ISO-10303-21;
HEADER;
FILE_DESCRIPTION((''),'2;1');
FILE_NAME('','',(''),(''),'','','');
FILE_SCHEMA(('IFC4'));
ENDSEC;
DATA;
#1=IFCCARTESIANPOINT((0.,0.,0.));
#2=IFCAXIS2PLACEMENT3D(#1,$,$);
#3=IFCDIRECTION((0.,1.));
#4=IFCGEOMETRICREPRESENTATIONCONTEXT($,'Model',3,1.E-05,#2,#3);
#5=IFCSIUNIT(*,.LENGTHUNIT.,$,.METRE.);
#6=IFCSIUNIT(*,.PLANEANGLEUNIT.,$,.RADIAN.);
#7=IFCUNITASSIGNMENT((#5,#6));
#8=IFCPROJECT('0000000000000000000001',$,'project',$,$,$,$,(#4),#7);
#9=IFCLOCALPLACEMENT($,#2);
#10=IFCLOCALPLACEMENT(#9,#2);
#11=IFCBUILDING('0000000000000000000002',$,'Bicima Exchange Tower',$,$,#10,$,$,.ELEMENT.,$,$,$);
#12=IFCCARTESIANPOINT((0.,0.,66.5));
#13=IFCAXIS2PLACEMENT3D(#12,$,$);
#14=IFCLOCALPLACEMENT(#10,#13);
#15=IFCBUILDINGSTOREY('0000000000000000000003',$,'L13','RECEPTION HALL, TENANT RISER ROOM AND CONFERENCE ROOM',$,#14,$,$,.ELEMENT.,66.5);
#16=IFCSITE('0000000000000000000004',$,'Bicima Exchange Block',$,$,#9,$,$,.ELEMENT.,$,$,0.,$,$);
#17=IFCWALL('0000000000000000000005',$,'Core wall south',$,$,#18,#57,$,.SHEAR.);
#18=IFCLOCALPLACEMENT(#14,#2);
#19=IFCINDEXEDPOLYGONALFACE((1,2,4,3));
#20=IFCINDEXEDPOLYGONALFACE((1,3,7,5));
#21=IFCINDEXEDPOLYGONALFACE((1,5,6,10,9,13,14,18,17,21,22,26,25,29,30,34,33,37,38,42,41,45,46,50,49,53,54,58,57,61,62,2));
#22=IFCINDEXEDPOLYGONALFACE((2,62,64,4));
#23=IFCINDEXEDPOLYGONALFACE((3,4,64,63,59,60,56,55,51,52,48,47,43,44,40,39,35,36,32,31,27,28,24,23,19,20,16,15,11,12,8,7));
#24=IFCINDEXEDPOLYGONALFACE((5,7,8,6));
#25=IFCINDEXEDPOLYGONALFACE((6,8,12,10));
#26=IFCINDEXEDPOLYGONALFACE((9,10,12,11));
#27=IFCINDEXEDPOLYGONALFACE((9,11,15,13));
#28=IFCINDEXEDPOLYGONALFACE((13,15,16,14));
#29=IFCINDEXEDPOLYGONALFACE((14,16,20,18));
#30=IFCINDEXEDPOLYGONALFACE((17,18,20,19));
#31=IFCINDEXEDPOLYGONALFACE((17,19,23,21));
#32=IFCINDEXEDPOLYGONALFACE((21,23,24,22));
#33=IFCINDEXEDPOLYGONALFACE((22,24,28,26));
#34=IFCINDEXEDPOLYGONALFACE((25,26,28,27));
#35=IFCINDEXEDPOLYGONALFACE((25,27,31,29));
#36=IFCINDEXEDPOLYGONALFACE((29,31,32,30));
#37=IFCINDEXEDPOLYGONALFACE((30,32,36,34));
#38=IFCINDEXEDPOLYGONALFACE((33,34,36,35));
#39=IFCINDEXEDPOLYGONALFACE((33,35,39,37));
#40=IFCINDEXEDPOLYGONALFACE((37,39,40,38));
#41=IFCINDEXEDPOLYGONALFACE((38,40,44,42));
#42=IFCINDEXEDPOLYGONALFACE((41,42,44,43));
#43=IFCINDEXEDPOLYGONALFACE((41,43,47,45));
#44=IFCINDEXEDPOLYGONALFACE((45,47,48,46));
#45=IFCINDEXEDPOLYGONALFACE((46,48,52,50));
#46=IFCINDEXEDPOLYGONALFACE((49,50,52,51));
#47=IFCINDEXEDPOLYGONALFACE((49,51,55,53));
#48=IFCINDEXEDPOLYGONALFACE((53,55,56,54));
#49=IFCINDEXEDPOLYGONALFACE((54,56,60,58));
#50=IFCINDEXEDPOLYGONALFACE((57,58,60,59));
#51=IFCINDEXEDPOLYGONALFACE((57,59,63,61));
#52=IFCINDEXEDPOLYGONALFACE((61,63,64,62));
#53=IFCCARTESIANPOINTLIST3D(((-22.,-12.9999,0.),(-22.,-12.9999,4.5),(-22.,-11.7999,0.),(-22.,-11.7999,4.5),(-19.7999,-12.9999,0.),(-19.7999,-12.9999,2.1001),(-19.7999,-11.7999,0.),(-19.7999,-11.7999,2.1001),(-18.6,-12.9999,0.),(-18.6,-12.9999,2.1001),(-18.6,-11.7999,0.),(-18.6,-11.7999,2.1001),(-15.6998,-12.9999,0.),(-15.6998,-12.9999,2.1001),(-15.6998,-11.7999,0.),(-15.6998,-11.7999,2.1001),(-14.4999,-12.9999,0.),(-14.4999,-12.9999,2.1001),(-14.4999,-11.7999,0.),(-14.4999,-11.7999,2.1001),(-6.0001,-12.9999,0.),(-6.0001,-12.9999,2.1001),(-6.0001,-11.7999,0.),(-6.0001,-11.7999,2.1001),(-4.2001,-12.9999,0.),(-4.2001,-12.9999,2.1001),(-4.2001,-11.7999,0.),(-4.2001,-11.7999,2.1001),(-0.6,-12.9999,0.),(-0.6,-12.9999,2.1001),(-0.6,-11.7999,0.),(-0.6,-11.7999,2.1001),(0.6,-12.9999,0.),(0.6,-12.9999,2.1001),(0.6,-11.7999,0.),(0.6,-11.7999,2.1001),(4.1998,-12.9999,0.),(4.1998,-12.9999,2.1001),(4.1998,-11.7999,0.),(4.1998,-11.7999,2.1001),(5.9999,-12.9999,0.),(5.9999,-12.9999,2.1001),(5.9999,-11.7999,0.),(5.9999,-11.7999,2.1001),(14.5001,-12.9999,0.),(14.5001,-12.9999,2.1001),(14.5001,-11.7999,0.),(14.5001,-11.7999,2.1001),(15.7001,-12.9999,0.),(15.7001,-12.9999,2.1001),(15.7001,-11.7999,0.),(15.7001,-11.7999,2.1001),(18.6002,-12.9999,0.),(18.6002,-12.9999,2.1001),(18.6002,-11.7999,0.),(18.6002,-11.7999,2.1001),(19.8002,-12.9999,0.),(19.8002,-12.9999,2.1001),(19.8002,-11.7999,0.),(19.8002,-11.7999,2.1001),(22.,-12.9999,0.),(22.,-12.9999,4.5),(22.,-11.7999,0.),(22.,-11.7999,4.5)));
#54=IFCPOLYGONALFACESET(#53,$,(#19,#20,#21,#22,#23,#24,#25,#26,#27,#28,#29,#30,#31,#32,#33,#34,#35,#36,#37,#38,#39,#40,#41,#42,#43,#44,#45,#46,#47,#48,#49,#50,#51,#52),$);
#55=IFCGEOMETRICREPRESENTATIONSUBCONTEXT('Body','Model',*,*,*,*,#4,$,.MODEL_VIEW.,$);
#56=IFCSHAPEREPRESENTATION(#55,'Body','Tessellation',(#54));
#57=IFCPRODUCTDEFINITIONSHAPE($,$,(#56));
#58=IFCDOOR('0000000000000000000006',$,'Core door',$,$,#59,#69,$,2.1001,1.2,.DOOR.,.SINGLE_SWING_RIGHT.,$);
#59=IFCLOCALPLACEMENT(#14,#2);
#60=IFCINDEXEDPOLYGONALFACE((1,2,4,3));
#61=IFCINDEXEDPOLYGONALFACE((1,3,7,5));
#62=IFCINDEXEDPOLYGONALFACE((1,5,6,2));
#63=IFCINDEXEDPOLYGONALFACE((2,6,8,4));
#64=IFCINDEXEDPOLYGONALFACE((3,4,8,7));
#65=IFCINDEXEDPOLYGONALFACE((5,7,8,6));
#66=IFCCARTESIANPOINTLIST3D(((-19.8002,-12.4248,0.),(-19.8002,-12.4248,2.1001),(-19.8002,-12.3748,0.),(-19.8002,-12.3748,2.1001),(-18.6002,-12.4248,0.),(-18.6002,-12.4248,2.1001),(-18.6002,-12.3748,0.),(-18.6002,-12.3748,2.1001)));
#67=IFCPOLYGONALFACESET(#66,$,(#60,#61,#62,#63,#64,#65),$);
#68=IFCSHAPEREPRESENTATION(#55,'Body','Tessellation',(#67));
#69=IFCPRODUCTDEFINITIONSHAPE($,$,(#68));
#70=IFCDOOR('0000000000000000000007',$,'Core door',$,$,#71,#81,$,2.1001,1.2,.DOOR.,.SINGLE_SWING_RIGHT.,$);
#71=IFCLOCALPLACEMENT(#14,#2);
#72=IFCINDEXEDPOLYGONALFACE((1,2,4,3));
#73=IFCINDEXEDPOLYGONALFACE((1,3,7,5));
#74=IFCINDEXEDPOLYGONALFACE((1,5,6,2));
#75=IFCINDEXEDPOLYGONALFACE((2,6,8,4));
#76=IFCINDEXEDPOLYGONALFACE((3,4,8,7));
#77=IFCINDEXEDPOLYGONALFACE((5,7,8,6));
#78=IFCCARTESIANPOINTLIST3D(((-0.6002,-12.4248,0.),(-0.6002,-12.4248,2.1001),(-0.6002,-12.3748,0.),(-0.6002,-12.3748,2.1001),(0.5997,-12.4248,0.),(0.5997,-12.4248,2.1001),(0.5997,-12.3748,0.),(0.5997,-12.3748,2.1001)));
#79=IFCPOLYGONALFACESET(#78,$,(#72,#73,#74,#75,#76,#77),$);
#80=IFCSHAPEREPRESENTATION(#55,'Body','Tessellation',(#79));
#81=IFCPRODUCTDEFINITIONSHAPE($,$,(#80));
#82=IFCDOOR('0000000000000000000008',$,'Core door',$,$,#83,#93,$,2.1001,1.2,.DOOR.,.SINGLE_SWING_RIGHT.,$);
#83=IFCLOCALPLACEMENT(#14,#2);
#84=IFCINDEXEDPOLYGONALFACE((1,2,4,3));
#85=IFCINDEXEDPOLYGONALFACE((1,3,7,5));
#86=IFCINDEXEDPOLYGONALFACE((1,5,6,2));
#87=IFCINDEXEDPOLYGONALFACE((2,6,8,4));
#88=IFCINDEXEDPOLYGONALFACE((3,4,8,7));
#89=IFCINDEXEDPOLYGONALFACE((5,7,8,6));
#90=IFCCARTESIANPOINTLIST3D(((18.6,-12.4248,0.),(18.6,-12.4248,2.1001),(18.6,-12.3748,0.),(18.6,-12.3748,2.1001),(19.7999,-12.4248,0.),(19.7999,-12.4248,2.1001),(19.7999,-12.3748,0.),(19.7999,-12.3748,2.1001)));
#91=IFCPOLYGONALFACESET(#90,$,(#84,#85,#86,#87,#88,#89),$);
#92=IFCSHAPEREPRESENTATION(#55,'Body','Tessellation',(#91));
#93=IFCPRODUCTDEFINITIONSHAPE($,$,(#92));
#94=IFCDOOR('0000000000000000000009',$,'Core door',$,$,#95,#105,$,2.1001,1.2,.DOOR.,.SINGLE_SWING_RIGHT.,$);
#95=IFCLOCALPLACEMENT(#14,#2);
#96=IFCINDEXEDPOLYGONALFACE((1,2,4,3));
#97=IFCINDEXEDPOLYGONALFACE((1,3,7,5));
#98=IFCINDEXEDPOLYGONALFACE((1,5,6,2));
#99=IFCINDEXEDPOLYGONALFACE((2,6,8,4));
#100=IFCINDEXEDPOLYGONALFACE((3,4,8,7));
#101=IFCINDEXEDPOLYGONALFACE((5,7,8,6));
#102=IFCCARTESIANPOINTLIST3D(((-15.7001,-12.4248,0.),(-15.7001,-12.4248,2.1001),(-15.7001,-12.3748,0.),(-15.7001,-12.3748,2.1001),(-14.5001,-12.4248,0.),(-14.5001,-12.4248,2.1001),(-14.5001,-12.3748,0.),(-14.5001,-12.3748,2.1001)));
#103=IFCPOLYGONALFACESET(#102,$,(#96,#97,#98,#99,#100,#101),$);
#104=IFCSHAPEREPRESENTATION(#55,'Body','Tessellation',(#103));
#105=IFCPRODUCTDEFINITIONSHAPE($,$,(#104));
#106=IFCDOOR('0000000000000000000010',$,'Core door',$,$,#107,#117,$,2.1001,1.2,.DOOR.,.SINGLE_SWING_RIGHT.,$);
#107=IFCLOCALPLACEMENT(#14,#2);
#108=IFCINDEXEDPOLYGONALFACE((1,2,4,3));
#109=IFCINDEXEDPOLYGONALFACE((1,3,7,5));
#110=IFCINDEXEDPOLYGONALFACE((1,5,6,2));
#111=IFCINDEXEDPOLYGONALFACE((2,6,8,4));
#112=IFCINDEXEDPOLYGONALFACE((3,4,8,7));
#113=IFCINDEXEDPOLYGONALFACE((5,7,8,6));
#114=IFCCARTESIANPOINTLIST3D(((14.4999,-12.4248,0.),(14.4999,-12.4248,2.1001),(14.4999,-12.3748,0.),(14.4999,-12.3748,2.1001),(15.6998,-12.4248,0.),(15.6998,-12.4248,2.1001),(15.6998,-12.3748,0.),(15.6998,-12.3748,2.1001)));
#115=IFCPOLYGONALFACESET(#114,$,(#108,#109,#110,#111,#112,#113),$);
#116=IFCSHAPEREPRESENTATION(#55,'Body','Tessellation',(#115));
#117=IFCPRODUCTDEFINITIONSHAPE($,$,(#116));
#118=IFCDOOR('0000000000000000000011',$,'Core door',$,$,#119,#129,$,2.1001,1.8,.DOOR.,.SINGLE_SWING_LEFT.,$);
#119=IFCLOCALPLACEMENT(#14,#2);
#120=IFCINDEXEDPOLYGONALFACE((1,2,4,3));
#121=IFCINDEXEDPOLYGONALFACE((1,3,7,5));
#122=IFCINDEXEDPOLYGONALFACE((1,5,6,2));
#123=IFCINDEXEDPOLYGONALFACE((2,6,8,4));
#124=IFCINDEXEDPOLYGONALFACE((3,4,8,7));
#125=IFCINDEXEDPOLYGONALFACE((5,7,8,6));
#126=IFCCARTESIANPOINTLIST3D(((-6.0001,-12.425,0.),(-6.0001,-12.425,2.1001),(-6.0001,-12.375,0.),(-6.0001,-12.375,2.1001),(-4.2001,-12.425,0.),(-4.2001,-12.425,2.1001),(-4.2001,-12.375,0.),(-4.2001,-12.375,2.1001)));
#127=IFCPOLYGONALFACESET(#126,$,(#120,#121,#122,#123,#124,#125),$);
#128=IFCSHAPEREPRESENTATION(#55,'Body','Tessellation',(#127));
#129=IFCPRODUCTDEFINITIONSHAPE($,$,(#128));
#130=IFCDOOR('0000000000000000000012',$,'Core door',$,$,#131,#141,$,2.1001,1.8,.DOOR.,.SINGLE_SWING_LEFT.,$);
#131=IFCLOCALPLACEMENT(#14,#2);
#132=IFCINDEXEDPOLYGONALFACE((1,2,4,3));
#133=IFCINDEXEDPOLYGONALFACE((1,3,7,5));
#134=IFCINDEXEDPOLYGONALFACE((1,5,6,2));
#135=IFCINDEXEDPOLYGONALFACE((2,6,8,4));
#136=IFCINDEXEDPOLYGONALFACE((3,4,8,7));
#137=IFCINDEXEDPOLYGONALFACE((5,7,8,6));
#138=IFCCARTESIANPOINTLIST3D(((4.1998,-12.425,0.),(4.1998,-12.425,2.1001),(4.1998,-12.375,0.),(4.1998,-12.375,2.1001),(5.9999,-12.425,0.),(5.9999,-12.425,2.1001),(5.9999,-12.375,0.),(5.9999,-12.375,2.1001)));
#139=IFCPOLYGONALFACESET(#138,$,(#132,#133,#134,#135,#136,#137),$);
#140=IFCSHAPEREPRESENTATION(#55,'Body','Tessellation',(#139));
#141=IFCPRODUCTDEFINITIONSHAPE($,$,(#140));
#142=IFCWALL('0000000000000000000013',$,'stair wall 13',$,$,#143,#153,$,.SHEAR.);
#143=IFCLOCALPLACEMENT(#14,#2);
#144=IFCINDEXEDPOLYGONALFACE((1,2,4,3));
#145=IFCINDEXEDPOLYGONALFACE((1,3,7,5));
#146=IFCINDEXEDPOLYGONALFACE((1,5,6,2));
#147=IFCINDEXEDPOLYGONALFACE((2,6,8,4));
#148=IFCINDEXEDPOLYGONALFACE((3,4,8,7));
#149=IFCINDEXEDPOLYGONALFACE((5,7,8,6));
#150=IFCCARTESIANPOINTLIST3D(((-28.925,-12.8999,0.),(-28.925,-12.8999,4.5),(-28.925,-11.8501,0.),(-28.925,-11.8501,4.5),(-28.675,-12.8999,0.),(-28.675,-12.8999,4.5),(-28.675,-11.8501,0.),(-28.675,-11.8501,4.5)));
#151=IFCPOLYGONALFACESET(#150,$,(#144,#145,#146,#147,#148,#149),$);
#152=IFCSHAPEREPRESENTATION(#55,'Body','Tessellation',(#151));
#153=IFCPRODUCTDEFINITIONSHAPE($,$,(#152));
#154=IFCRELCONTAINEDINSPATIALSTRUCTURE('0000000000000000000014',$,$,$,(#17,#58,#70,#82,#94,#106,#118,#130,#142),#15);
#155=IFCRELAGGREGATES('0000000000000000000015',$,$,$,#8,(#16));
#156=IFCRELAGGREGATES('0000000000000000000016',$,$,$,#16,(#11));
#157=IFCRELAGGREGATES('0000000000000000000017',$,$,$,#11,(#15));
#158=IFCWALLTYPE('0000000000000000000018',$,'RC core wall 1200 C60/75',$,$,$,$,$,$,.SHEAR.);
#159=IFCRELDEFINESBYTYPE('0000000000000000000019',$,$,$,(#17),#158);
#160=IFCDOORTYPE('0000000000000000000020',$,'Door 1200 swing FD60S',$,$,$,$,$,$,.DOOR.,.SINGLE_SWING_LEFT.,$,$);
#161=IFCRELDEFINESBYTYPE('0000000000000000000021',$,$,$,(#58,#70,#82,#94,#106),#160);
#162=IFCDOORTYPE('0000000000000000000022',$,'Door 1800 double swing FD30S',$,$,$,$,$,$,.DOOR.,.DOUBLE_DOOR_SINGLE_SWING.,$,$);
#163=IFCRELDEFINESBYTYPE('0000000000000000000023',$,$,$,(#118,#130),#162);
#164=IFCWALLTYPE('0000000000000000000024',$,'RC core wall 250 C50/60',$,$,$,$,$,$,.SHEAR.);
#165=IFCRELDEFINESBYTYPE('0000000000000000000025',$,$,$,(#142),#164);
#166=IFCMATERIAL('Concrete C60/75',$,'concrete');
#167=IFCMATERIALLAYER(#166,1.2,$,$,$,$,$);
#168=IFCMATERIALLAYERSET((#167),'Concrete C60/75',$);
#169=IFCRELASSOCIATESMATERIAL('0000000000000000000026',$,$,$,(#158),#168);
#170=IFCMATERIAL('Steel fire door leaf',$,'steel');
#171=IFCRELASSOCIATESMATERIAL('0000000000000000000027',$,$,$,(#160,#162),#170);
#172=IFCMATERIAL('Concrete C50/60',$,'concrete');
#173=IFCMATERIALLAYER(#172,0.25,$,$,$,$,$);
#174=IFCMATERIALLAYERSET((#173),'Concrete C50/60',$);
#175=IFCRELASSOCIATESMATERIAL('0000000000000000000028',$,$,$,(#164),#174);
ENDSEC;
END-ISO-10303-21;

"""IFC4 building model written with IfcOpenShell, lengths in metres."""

from ifc_helpers import new_model, si_unit, direction, frame, frame_2d, origin, place, context, subcontext, project, spatial, rectangle, extrude, material, layer, layer_set, type_object, element, fill, save


model = new_model("IFC4")

# Units and contexts
model_context = context("Model", 3, precision=1e-05, world=origin(), true_north=direction((0.0, 1.0)))
body_context = subcontext(model_context, "Body", "Model", "MODEL_VIEW")
ifc_project = project(units=[si_unit("LENGTHUNIT", "METRE"), si_unit("PLANEANGLEUNIT", "RADIAN")], contexts=[model_context])

# Site, building, storey
site_placement = place(None, origin())
site = spatial("IfcSite", under=ifc_project, at=site_placement, Name="Bicima Exchange Block", CompositionType="ELEMENT", RefElevation=0.0)
building_placement = place(site_placement, origin())
building = spatial("IfcBuilding", under=site, at=building_placement, Name="Bicima Exchange Tower", CompositionType="ELEMENT")
storey_placement = place(building_placement, frame((0.0, 0.0, 66.5)))
storey = spatial("IfcBuildingStorey", under=building, at=storey_placement, Name="L13", Description="RECEPTION HALL, TENANT RISER ROOM AND CONFERENCE ROOM", CompositionType="ELEMENT", Elevation=66.5)

# Wall, openings, doors
ifc_material_1 = material(Name="Concrete C60/75", Category="concrete")
ifc_layer_1 = layer(ifc_material_1, 1.2)
ifc_layer_set_1 = layer_set([ifc_layer_1], Name="Concrete C60/75")
wall_type_1 = type_object("IfcWallType", Name="RC core wall 1200 C60/75", PredefinedType="SHEAR", material=ifc_layer_set_1)
wall_1_placement = place(storey_placement, frame((-22.0, -12.3999, 0.0), z_axis=(0.0, 0.0, 1.0), x_axis=(1.0, 0.0, 0.0)))
wall_1 = element("IfcWall", 1, at=wall_1_placement, inside=storey, type_object=wall_type_1, Name="Core wall south", PredefinedType="SHEAR", context=body_context, shape_type="SweptSolid", body=[
    extrude(rectangle(XDim=44.0, YDim=1.2, at=frame_2d((22.0, 0.0))), origin(), (0.0, 0.0, 1.0), 4.5),
])
opening_1_placement = place(wall_1_placement, frame((2.2, 0.0, 0.0)))
opening_1 = element("IfcOpeningElement", 2, at=opening_1_placement, cuts=wall_1, PredefinedType="OPENING", context=body_context, shape_type="SweptSolid", body=[
    extrude(rectangle(XDim=1.2, YDim=2.1001, at=frame_2d((0.6001, 1.05))), frame((0.0, 0.6118, 0.0), z_axis=(0.0, -1.0, 0.0), x_axis=(1.0, 0.0, 0.0)), (0.0, 0.0, 1.0), 1.2239),
])
opening_2_placement = place(wall_1_placement, frame((21.3999, 0.0, 0.0)))
opening_2 = element("IfcOpeningElement", 3, at=opening_2_placement, cuts=wall_1, PredefinedType="OPENING", context=body_context, shape_type="SweptSolid", body=[
    extrude(rectangle(XDim=1.2, YDim=2.1001, at=frame_2d((0.6001, 1.05))), frame((0.0, 0.6118, 0.0), z_axis=(0.0, -1.0, 0.0), x_axis=(1.0, 0.0, 0.0)), (0.0, 0.0, 1.0), 1.2239),
])
opening_3_placement = place(wall_1_placement, frame((40.6001, 0.0, 0.0)))
opening_3 = element("IfcOpeningElement", 4, at=opening_3_placement, cuts=wall_1, PredefinedType="OPENING", context=body_context, shape_type="SweptSolid", body=[
    extrude(rectangle(XDim=1.2, YDim=2.1001, at=frame_2d((0.6001, 1.05))), frame((0.0, 0.6118, 0.0), z_axis=(0.0, -1.0, 0.0), x_axis=(1.0, 0.0, 0.0)), (0.0, 0.0, 1.0), 1.2239),
])
opening_4_placement = place(wall_1_placement, frame((16.0, 0.0, 0.0)))
opening_4 = element("IfcOpeningElement", 5, at=opening_4_placement, cuts=wall_1, PredefinedType="OPENING", context=body_context, shape_type="SweptSolid", body=[
    extrude(rectangle(XDim=1.8, YDim=2.1001, at=frame_2d((0.8999, 1.05))), frame((0.0, 0.6118, 0.0), z_axis=(0.0, -1.0, 0.0), x_axis=(1.0, 0.0, 0.0)), (0.0, 0.0, 1.0), 1.2239),
])
opening_5_placement = place(wall_1_placement, frame((6.3, 0.0, 0.0)))
opening_5 = element("IfcOpeningElement", 6, at=opening_5_placement, cuts=wall_1, PredefinedType="OPENING", context=body_context, shape_type="SweptSolid", body=[
    extrude(rectangle(XDim=1.2, YDim=2.1001, at=frame_2d((0.6001, 1.05))), frame((0.0, 0.6118, 0.0), z_axis=(0.0, -1.0, 0.0), x_axis=(1.0, 0.0, 0.0)), (0.0, 0.0, 1.0), 1.2239),
])
opening_6_placement = place(wall_1_placement, frame((26.2, 0.0, 0.0)))
opening_6 = element("IfcOpeningElement", 7, at=opening_6_placement, cuts=wall_1, PredefinedType="OPENING", context=body_context, shape_type="SweptSolid", body=[
    extrude(rectangle(XDim=1.8, YDim=2.1001, at=frame_2d((0.8999, 1.05))), frame((0.0, 0.6118, 0.0), z_axis=(0.0, -1.0, 0.0), x_axis=(1.0, 0.0, 0.0)), (0.0, 0.0, 1.0), 1.2239),
])
opening_7_placement = place(wall_1_placement, frame((36.5, 0.0, 0.0)))
opening_7 = element("IfcOpeningElement", 8, at=opening_7_placement, cuts=wall_1, PredefinedType="OPENING", context=body_context, shape_type="SweptSolid", body=[
    extrude(rectangle(XDim=1.2, YDim=2.1001, at=frame_2d((0.6001, 1.05))), frame((0.0, 0.6118, 0.0), z_axis=(0.0, -1.0, 0.0), x_axis=(1.0, 0.0, 0.0)), (0.0, 0.0, 1.0), 1.2239),
])
ifc_material_2 = material(Name="Steel fire door leaf", Category="steel")
door_type_1 = type_object("IfcDoorType", Name="Door 1200 swing FD60S", OperationType="SINGLE_SWING_LEFT", PredefinedType="DOOR", material=ifc_material_2)
door_1_placement = place(opening_1_placement, frame((1.2, 0.0, 0.0), z_axis=(0.0, 0.0, 1.0), x_axis=(-1.0, 0.0, 0.0)))
door_1 = element("IfcDoor", 9, at=door_1_placement, inside=storey, type_object=door_type_1, Name="Core door", OperationType="SINGLE_SWING_RIGHT", OverallHeight=2.1001, OverallWidth=1.2, PredefinedType="DOOR", context=body_context, shape_type="SweptSolid", body=[
    extrude(rectangle(XDim=1.2, YDim=2.1001, at=frame_2d((0.6001, 1.05))), frame((0.0, 0.0249, 0.0), z_axis=(0.0, -1.0, 0.0), x_axis=(1.0, 0.0, 0.0)), (0.0, 0.0, 1.0), 0.05),
])
fill(opening_1, door_1)
door_2_placement = place(opening_2_placement, frame((1.2, 0.0, 0.0), z_axis=(0.0, 0.0, 1.0), x_axis=(-1.0, 0.0, 0.0)))
door_2 = element("IfcDoor", 10, at=door_2_placement, inside=storey, type_object=door_type_1, Name="Core door", OperationType="SINGLE_SWING_RIGHT", OverallHeight=2.1001, OverallWidth=1.2, PredefinedType="DOOR", context=body_context, shape_type="SweptSolid", body=[
    extrude(rectangle(XDim=1.2, YDim=2.1001, at=frame_2d((0.6001, 1.05))), frame((0.0, 0.0249, 0.0), z_axis=(0.0, -1.0, 0.0), x_axis=(1.0, 0.0, 0.0)), (0.0, 0.0, 1.0), 0.05),
])
fill(opening_2, door_2)
door_3_placement = place(opening_3_placement, frame((1.2, 0.0, 0.0), z_axis=(0.0, 0.0, 1.0), x_axis=(-1.0, 0.0, 0.0)))
door_3 = element("IfcDoor", 11, at=door_3_placement, inside=storey, type_object=door_type_1, Name="Core door", OperationType="SINGLE_SWING_RIGHT", OverallHeight=2.1001, OverallWidth=1.2, PredefinedType="DOOR", context=body_context, shape_type="SweptSolid", body=[
    extrude(rectangle(XDim=1.2, YDim=2.1001, at=frame_2d((0.6001, 1.05))), frame((0.0, 0.0249, 0.0), z_axis=(0.0, -1.0, 0.0), x_axis=(1.0, 0.0, 0.0)), (0.0, 0.0, 1.0), 0.05),
])
fill(opening_3, door_3)
door_4_placement = place(opening_5_placement, frame((1.2, 0.0, 0.0), z_axis=(0.0, 0.0, 1.0), x_axis=(-1.0, 0.0, 0.0)))
door_4 = element("IfcDoor", 12, at=door_4_placement, inside=storey, type_object=door_type_1, Name="Core door", OperationType="SINGLE_SWING_RIGHT", OverallHeight=2.1001, OverallWidth=1.2, PredefinedType="DOOR", context=body_context, shape_type="SweptSolid", body=[
    extrude(rectangle(XDim=1.2, YDim=2.1001, at=frame_2d((0.6001, 1.05))), frame((0.0, 0.0249, 0.0), z_axis=(0.0, -1.0, 0.0), x_axis=(1.0, 0.0, 0.0)), (0.0, 0.0, 1.0), 0.05),
])
fill(opening_5, door_4)
door_5_placement = place(opening_7_placement, frame((1.2, 0.0, 0.0), z_axis=(0.0, 0.0, 1.0), x_axis=(-1.0, 0.0, 0.0)))
door_5 = element("IfcDoor", 13, at=door_5_placement, inside=storey, type_object=door_type_1, Name="Core door", OperationType="SINGLE_SWING_RIGHT", OverallHeight=2.1001, OverallWidth=1.2, PredefinedType="DOOR", context=body_context, shape_type="SweptSolid", body=[
    extrude(rectangle(XDim=1.2, YDim=2.1001, at=frame_2d((0.6001, 1.05))), frame((0.0, 0.0249, 0.0), z_axis=(0.0, -1.0, 0.0), x_axis=(1.0, 0.0, 0.0)), (0.0, 0.0, 1.0), 0.05),
])
fill(opening_7, door_5)
door_type_2 = type_object("IfcDoorType", Name="Door 1800 double swing FD30S", OperationType="DOUBLE_DOOR_SINGLE_SWING", PredefinedType="DOOR", material=ifc_material_2)
door_6_placement = place(opening_4_placement, origin())
door_6 = element("IfcDoor", 14, at=door_6_placement, inside=storey, type_object=door_type_2, Name="Core door", OperationType="SINGLE_SWING_LEFT", OverallHeight=2.1001, OverallWidth=1.8, PredefinedType="DOOR", context=body_context, shape_type="SweptSolid", body=[
    extrude(rectangle(XDim=1.8, YDim=2.1001, at=frame_2d((0.8999, 1.05))), frame((0.0, 0.0249, 0.0), z_axis=(0.0, -1.0, 0.0), x_axis=(1.0, 0.0, 0.0)), (0.0, 0.0, 1.0), 0.05),
])
fill(opening_4, door_6)
door_7_placement = place(opening_6_placement, origin())
door_7 = element("IfcDoor", 15, at=door_7_placement, inside=storey, type_object=door_type_2, Name="Core door", OperationType="SINGLE_SWING_LEFT", OverallHeight=2.1001, OverallWidth=1.8, PredefinedType="DOOR", context=body_context, shape_type="SweptSolid", body=[
    extrude(rectangle(XDim=1.8, YDim=2.1001, at=frame_2d((0.8999, 1.05))), frame((0.0, 0.0249, 0.0), z_axis=(0.0, -1.0, 0.0), x_axis=(1.0, 0.0, 0.0)), (0.0, 0.0, 1.0), 0.05),
])
fill(opening_6, door_7)

# Wall
ifc_material_3 = material(Name="Concrete C50/60", Category="concrete")
ifc_layer_2 = layer(ifc_material_3, 0.25)
ifc_layer_set_2 = layer_set([ifc_layer_2], Name="Concrete C50/60")
wall_type_2 = type_object("IfcWallType", Name="RC core wall 250 C50/60", PredefinedType="SHEAR", material=ifc_layer_set_2)
wall_2_placement = place(storey_placement, frame((-28.8, -12.8999, 0.0), z_axis=(0.0, 0.0, 1.0), x_axis=(0.0, 1.0, 0.0)))
element("IfcWall", 16, at=wall_2_placement, inside=storey, type_object=wall_type_2, Name="stair wall 13", PredefinedType="SHEAR", context=body_context, shape_type="SweptSolid", body=[
    extrude(rectangle(XDim=1.0498, YDim=0.25, at=frame_2d((0.5249, 0.0))), origin(), (0.0, 0.0, 1.0), 4.5),
])

save(model, "model.ifc")
